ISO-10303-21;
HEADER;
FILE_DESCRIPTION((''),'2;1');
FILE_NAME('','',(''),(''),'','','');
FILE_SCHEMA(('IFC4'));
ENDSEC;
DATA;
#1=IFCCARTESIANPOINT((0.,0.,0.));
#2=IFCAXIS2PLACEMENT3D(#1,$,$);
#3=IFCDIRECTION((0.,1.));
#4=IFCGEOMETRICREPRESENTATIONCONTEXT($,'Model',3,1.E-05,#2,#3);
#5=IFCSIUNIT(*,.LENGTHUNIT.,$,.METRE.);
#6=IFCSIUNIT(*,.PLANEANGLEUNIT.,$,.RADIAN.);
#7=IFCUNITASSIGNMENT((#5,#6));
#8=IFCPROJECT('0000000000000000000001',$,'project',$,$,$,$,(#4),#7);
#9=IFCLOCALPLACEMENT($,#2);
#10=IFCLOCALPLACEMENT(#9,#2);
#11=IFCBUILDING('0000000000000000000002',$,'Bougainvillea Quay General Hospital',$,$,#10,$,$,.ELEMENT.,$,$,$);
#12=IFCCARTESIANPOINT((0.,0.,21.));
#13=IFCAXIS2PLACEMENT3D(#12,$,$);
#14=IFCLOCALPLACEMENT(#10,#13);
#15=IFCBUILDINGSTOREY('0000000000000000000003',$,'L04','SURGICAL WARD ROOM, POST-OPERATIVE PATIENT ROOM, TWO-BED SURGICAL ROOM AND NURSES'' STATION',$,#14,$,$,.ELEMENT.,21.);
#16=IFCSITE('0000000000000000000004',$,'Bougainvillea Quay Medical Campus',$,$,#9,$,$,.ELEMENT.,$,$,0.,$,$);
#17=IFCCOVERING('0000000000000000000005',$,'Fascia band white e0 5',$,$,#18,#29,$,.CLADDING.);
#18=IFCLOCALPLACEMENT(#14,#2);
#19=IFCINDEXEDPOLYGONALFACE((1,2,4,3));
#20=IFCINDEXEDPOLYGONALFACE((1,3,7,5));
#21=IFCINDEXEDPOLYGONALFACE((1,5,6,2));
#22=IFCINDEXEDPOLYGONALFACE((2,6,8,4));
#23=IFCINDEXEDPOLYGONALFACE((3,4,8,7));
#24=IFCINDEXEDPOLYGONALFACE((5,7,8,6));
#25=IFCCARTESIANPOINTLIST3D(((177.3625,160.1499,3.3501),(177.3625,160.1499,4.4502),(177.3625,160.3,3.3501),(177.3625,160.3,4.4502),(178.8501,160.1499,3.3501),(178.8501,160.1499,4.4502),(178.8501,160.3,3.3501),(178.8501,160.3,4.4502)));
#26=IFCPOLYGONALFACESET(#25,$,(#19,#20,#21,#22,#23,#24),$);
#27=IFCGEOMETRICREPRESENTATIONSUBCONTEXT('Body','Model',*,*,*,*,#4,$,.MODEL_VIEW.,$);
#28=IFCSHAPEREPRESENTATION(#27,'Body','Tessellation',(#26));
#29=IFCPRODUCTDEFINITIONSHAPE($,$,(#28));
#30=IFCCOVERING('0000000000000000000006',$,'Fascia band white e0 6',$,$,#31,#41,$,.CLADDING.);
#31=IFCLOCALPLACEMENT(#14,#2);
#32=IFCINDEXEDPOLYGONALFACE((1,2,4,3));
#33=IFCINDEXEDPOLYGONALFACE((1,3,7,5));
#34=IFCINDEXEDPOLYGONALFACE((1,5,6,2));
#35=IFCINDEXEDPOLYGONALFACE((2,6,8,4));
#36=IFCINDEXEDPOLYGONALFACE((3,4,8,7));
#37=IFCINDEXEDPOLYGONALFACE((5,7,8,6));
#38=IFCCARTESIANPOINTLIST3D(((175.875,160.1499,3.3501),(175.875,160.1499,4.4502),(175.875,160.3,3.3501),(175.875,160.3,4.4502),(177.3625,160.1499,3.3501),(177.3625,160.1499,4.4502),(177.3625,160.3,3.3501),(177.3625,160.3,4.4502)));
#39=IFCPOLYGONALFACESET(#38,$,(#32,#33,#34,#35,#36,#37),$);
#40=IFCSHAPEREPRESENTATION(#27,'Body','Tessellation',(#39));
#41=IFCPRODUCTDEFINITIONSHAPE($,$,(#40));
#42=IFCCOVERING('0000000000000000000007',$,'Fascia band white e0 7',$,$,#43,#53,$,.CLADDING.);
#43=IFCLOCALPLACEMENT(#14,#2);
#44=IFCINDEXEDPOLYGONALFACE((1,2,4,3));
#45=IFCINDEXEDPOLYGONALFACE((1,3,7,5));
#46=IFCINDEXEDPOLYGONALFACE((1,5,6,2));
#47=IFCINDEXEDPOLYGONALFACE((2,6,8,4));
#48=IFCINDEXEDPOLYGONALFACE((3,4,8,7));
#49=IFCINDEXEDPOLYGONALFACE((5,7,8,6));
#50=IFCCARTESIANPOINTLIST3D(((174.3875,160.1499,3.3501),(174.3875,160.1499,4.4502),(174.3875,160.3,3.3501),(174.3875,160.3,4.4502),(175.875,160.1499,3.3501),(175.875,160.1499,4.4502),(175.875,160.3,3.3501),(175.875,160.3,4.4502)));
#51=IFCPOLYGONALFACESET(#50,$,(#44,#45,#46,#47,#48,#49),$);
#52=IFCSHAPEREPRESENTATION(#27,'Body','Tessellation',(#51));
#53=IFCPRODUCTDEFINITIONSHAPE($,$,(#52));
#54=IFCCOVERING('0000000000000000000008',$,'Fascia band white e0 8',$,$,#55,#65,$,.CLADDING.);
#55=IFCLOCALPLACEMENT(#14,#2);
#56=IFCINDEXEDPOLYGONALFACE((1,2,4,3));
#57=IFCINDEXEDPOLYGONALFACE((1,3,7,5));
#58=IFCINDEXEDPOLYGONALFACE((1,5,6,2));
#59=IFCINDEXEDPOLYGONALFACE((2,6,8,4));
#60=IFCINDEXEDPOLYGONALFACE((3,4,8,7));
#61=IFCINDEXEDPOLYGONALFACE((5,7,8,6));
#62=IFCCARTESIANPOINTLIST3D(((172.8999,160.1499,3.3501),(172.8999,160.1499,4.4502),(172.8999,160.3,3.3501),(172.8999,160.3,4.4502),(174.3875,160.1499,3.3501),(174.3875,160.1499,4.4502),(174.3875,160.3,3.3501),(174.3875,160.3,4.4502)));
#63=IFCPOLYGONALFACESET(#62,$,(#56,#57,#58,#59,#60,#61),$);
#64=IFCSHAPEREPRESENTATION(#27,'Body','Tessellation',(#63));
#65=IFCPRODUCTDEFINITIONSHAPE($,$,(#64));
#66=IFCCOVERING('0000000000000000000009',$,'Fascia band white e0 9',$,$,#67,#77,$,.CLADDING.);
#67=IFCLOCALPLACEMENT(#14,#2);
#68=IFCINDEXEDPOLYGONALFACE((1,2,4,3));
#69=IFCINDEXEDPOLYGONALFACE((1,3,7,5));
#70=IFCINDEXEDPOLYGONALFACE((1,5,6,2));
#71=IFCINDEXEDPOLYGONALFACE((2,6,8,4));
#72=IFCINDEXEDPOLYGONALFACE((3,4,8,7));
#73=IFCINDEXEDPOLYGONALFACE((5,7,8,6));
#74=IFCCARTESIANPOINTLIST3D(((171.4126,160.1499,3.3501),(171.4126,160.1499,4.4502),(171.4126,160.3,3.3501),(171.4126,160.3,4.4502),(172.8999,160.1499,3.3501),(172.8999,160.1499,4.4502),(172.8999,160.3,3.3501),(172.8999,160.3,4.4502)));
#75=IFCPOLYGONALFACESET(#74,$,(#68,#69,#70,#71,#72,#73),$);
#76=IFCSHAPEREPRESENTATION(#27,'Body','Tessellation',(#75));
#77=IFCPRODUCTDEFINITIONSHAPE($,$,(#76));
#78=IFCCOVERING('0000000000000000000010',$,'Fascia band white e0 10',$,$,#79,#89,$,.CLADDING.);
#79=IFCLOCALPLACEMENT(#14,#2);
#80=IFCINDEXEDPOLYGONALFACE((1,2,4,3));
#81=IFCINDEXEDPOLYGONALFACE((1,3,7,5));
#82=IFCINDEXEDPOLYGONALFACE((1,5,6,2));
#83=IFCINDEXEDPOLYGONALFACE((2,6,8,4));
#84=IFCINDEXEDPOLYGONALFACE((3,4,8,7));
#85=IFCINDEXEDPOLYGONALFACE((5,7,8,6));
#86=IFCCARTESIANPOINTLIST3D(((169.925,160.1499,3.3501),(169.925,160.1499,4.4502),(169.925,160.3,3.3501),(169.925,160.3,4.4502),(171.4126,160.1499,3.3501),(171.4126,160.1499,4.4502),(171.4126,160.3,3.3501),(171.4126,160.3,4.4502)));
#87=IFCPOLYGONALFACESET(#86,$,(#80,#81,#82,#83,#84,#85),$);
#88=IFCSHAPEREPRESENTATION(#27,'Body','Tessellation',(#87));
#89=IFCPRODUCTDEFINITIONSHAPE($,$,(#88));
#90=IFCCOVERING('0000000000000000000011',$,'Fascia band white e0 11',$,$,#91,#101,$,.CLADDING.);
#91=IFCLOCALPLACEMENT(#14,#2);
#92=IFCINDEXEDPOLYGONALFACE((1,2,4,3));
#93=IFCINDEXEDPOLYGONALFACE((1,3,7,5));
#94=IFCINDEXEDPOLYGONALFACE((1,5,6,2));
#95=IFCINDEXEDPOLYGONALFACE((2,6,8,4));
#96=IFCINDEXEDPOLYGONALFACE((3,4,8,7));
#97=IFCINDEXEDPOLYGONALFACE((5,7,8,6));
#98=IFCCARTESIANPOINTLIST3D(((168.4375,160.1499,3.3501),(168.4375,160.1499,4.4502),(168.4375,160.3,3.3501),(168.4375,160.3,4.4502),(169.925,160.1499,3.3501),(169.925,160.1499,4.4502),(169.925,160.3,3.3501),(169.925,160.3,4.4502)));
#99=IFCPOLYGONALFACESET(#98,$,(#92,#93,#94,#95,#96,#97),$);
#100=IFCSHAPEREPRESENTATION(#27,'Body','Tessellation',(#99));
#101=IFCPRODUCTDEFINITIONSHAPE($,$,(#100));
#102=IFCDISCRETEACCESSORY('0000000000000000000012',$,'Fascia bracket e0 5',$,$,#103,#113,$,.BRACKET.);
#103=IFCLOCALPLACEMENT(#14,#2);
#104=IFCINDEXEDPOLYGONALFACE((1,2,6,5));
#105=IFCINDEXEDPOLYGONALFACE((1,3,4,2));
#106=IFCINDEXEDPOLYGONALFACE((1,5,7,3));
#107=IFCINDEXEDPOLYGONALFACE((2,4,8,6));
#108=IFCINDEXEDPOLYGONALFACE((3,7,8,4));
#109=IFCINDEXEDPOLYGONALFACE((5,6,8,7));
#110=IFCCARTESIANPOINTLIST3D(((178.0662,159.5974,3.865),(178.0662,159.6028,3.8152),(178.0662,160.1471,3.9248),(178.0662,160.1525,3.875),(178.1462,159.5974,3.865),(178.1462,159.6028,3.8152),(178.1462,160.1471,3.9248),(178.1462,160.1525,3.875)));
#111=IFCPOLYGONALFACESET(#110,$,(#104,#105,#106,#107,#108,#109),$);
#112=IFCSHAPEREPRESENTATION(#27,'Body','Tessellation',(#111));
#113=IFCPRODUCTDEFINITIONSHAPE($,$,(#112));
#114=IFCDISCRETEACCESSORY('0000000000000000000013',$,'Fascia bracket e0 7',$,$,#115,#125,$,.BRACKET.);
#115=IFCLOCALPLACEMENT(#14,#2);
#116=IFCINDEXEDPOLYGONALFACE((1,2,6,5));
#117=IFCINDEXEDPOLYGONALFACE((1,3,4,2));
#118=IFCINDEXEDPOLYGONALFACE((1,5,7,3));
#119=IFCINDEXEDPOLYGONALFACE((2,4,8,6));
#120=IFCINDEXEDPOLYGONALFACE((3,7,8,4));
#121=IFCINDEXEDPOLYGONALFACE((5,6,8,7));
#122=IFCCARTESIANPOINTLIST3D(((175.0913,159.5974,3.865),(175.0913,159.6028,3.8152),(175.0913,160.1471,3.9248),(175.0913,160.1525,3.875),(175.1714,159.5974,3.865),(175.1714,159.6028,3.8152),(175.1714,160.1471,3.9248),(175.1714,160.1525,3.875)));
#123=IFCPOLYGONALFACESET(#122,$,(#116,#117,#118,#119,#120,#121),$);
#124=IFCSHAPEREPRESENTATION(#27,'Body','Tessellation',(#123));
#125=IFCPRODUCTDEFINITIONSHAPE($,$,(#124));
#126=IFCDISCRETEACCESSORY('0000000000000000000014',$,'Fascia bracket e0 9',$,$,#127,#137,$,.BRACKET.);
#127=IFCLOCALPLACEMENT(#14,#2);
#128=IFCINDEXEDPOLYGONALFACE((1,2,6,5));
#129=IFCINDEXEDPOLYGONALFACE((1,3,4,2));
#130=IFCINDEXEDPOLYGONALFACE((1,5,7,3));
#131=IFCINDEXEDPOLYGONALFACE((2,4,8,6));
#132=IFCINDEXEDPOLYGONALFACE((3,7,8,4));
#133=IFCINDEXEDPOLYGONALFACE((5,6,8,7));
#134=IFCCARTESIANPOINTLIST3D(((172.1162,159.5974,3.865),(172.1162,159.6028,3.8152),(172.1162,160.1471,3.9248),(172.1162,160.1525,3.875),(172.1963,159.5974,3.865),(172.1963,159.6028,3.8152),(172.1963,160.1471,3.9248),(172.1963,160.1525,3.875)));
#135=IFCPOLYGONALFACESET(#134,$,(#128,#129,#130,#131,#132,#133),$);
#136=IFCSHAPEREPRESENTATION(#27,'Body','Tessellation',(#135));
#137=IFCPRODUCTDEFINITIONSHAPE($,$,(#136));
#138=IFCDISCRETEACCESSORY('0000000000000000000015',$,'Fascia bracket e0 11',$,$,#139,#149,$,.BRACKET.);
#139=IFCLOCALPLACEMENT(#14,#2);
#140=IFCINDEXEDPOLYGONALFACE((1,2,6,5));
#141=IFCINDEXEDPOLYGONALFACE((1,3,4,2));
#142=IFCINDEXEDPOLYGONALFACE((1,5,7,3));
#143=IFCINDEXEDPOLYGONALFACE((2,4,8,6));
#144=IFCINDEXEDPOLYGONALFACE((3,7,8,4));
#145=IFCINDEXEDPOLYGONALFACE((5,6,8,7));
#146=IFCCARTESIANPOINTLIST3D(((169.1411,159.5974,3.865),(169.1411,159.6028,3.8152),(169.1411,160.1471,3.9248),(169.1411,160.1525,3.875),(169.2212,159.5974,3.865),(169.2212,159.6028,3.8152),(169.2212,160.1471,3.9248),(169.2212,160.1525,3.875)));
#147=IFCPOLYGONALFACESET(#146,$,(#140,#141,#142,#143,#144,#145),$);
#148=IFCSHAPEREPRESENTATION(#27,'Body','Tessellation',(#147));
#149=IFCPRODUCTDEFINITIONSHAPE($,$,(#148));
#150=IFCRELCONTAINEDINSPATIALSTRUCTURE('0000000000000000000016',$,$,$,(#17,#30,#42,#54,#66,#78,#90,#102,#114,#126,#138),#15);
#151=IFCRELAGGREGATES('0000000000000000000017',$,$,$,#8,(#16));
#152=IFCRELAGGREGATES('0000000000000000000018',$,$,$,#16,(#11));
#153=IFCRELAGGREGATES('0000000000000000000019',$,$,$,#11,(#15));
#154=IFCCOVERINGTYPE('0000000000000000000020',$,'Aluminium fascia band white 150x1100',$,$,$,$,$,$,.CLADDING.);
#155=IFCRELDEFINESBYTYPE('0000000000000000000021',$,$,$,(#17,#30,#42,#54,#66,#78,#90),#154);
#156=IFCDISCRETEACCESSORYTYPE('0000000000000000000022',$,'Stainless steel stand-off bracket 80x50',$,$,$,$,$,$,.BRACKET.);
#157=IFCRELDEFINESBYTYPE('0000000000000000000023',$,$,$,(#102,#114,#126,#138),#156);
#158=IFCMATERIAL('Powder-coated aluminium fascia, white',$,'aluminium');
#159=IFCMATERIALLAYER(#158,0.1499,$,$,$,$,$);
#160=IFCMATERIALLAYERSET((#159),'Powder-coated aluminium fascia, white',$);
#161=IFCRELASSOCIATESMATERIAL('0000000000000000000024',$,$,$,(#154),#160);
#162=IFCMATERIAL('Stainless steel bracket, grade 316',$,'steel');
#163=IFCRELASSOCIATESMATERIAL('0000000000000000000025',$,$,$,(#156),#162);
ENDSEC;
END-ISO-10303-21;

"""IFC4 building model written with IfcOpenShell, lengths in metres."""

from ifc_helpers import new_model, si_unit, direction, frame, origin, origin_2d, place, context, subcontext, project, spatial, polyline, rectangle, outline, extrude, material, layer, layer_set, material_profile, profile_set, type_object, element, save


model = new_model("IFC4")

# Units and contexts
model_context = context("Model", 3, precision=1e-05, world=origin(), true_north=direction((0.0, 1.0)))
body_context = subcontext(model_context, "Body", "Model", "MODEL_VIEW")
ifc_project = project(units=[si_unit("LENGTHUNIT", "METRE"), si_unit("PLANEANGLEUNIT", "RADIAN")], contexts=[model_context])

# Site, building, storey
site_placement = place(None, origin())
site = spatial("IfcSite", under=ifc_project, at=site_placement, Name="Bougainvillea Quay Medical Campus", CompositionType="ELEMENT", RefElevation=0.0)
building_placement = place(site_placement, origin())
building = spatial("IfcBuilding", under=site, at=building_placement, Name="Bougainvillea Quay General Hospital", CompositionType="ELEMENT")
storey_placement = place(building_placement, frame((0.0, 0.0, 21.0)))
storey = spatial("IfcBuildingStorey", under=building, at=storey_placement, Name="L04", Description="SURGICAL WARD ROOM, POST-OPERATIVE PATIENT ROOM, TWO-BED SURGICAL ROOM AND NURSES' STATION", CompositionType="ELEMENT", Elevation=21.0)

# Coverings
ifc_material_1 = material(Name="Powder-coated aluminium fascia, white", Category="aluminium")
ifc_layer_1 = layer(ifc_material_1, 0.1499)
ifc_layer_set_1 = layer_set([ifc_layer_1], Name="Powder-coated aluminium fascia, white")
covering_type = type_object("IfcCoveringType", Name="Aluminium fascia band white 150x1100", PredefinedType="CLADDING", material=ifc_layer_set_1)
for number, where, z_axis, x_axis, name in (
    (1, (178.8501, 160.1499, 3.3501), (0.0, 0.0, 1.0), (-1.0, 0.0, 0.0), "Fascia band white e0 5"),
    (2, (177.3625, 160.1499, 3.3501), (0.0, 0.0, 1.0), (-1.0, 0.0, 0.0), "Fascia band white e0 6"),
    (3, (175.875, 160.1499, 3.3501), (0.0, 0.0, 1.0), (-1.0, 0.0, 0.0), "Fascia band white e0 7"),
    (4, (174.3875, 160.1499, 3.3501), (0.0, 0.0, 1.0), (-1.0, 0.0, 0.0), "Fascia band white e0 8"),
):
    element("IfcCovering", number, at=place(storey_placement, frame(where, z_axis=z_axis, x_axis=x_axis)), inside=storey, type_object=covering_type, Name=name, PredefinedType="CLADDING", context=body_context, shape_type="SweptSolid", body=[
        extrude(outline(polyline([(0.0, 0.0), (1.4875, 0.0), (1.4875, -0.1501), (0.0, -0.1501), (0.0, 0.0)])), origin(), (0.0, 0.0, 1.0), 1.1001),
    ])
covering_placement = place(storey_placement, frame((172.8999, 160.1499, 3.3501), z_axis=(0.0, 0.0, 1.0), x_axis=(-1.0, 0.0, 0.0)))
element("IfcCovering", 5, at=covering_placement, inside=storey, type_object=covering_type, Name="Fascia band white e0 9", PredefinedType="CLADDING", context=body_context, shape_type="SweptSolid", body=[
    extrude(outline(polyline([(0.0, 0.0), (1.4873, 0.0), (1.4873, -0.1501), (0.0, -0.1501), (0.0, 0.0)])), origin(), (0.0, 0.0, 1.0), 1.1001),
])
for number, where, z_axis, x_axis, name in (
    (6, (171.4126, 160.1499, 3.3501), (0.0, 0.0, 1.0), (-1.0, 0.0, 0.0), "Fascia band white e0 10"),
    (7, (169.925, 160.1499, 3.3501), (0.0, 0.0, 1.0), (-1.0, 0.0, 0.0), "Fascia band white e0 11"),
):
    element("IfcCovering", number, at=place(storey_placement, frame(where, z_axis=z_axis, x_axis=x_axis)), inside=storey, type_object=covering_type, Name=name, PredefinedType="CLADDING", context=body_context, shape_type="SweptSolid", body=[
        extrude(outline(polyline([(0.0, 0.0), (1.4875, 0.0), (1.4875, -0.1501), (0.0, -0.1501), (0.0, 0.0)])), origin(), (0.0, 0.0, 1.0), 1.1001),
    ])

# Discrete accessories
ifc_material_2 = material(Name="Stainless steel bracket, grade 316", Category="steel")
ifc_material_profile_1 = material_profile(ifc_material_2, rectangle(XDim=0.0801, YDim=0.05, at=origin_2d()))
ifc_profile_set_1 = profile_set([ifc_material_profile_1], Name="Stainless steel bracket, grade 316")
discrete_accessory_type = type_object("IfcDiscreteAccessoryType", Name="Stainless steel stand-off bracket 80x50", PredefinedType="BRACKET", material=ifc_profile_set_1)
for number, where, z_axis, x_axis, name in (
    (8, (178.1062, 159.6001, 3.8401), (0.0, 0.994134, 0.108154), (-1.0, 0.0, 0.0), "Fascia bracket e0 5"),
    (9, (175.1313, 159.6001, 3.8401), (0.0, 0.994134, 0.108154), (-1.0, 0.0, 0.0), "Fascia bracket e0 7"),
    (10, (172.1562, 159.6001, 3.8401), (0.0, 0.994134, 0.108154), (-1.0, 0.0, 0.0), "Fascia bracket e0 9"),
    (11, (169.1812, 159.6001, 3.8401), (0.0, 0.994134, 0.108154), (-1.0, 0.0, 0.0), "Fascia bracket e0 11"),
):
    element("IfcDiscreteAccessory", number, at=place(storey_placement, frame(where, z_axis=z_axis, x_axis=x_axis)), inside=storey, type_object=discrete_accessory_type, Name=name, PredefinedType="BRACKET", context=body_context, shape_type="SweptSolid", body=[
        extrude(rectangle(XDim=0.0801, YDim=0.05, at=origin_2d()), origin(), (0.0, 0.0, 1.0), 0.553),
    ])

save(model, "model.ifc")
